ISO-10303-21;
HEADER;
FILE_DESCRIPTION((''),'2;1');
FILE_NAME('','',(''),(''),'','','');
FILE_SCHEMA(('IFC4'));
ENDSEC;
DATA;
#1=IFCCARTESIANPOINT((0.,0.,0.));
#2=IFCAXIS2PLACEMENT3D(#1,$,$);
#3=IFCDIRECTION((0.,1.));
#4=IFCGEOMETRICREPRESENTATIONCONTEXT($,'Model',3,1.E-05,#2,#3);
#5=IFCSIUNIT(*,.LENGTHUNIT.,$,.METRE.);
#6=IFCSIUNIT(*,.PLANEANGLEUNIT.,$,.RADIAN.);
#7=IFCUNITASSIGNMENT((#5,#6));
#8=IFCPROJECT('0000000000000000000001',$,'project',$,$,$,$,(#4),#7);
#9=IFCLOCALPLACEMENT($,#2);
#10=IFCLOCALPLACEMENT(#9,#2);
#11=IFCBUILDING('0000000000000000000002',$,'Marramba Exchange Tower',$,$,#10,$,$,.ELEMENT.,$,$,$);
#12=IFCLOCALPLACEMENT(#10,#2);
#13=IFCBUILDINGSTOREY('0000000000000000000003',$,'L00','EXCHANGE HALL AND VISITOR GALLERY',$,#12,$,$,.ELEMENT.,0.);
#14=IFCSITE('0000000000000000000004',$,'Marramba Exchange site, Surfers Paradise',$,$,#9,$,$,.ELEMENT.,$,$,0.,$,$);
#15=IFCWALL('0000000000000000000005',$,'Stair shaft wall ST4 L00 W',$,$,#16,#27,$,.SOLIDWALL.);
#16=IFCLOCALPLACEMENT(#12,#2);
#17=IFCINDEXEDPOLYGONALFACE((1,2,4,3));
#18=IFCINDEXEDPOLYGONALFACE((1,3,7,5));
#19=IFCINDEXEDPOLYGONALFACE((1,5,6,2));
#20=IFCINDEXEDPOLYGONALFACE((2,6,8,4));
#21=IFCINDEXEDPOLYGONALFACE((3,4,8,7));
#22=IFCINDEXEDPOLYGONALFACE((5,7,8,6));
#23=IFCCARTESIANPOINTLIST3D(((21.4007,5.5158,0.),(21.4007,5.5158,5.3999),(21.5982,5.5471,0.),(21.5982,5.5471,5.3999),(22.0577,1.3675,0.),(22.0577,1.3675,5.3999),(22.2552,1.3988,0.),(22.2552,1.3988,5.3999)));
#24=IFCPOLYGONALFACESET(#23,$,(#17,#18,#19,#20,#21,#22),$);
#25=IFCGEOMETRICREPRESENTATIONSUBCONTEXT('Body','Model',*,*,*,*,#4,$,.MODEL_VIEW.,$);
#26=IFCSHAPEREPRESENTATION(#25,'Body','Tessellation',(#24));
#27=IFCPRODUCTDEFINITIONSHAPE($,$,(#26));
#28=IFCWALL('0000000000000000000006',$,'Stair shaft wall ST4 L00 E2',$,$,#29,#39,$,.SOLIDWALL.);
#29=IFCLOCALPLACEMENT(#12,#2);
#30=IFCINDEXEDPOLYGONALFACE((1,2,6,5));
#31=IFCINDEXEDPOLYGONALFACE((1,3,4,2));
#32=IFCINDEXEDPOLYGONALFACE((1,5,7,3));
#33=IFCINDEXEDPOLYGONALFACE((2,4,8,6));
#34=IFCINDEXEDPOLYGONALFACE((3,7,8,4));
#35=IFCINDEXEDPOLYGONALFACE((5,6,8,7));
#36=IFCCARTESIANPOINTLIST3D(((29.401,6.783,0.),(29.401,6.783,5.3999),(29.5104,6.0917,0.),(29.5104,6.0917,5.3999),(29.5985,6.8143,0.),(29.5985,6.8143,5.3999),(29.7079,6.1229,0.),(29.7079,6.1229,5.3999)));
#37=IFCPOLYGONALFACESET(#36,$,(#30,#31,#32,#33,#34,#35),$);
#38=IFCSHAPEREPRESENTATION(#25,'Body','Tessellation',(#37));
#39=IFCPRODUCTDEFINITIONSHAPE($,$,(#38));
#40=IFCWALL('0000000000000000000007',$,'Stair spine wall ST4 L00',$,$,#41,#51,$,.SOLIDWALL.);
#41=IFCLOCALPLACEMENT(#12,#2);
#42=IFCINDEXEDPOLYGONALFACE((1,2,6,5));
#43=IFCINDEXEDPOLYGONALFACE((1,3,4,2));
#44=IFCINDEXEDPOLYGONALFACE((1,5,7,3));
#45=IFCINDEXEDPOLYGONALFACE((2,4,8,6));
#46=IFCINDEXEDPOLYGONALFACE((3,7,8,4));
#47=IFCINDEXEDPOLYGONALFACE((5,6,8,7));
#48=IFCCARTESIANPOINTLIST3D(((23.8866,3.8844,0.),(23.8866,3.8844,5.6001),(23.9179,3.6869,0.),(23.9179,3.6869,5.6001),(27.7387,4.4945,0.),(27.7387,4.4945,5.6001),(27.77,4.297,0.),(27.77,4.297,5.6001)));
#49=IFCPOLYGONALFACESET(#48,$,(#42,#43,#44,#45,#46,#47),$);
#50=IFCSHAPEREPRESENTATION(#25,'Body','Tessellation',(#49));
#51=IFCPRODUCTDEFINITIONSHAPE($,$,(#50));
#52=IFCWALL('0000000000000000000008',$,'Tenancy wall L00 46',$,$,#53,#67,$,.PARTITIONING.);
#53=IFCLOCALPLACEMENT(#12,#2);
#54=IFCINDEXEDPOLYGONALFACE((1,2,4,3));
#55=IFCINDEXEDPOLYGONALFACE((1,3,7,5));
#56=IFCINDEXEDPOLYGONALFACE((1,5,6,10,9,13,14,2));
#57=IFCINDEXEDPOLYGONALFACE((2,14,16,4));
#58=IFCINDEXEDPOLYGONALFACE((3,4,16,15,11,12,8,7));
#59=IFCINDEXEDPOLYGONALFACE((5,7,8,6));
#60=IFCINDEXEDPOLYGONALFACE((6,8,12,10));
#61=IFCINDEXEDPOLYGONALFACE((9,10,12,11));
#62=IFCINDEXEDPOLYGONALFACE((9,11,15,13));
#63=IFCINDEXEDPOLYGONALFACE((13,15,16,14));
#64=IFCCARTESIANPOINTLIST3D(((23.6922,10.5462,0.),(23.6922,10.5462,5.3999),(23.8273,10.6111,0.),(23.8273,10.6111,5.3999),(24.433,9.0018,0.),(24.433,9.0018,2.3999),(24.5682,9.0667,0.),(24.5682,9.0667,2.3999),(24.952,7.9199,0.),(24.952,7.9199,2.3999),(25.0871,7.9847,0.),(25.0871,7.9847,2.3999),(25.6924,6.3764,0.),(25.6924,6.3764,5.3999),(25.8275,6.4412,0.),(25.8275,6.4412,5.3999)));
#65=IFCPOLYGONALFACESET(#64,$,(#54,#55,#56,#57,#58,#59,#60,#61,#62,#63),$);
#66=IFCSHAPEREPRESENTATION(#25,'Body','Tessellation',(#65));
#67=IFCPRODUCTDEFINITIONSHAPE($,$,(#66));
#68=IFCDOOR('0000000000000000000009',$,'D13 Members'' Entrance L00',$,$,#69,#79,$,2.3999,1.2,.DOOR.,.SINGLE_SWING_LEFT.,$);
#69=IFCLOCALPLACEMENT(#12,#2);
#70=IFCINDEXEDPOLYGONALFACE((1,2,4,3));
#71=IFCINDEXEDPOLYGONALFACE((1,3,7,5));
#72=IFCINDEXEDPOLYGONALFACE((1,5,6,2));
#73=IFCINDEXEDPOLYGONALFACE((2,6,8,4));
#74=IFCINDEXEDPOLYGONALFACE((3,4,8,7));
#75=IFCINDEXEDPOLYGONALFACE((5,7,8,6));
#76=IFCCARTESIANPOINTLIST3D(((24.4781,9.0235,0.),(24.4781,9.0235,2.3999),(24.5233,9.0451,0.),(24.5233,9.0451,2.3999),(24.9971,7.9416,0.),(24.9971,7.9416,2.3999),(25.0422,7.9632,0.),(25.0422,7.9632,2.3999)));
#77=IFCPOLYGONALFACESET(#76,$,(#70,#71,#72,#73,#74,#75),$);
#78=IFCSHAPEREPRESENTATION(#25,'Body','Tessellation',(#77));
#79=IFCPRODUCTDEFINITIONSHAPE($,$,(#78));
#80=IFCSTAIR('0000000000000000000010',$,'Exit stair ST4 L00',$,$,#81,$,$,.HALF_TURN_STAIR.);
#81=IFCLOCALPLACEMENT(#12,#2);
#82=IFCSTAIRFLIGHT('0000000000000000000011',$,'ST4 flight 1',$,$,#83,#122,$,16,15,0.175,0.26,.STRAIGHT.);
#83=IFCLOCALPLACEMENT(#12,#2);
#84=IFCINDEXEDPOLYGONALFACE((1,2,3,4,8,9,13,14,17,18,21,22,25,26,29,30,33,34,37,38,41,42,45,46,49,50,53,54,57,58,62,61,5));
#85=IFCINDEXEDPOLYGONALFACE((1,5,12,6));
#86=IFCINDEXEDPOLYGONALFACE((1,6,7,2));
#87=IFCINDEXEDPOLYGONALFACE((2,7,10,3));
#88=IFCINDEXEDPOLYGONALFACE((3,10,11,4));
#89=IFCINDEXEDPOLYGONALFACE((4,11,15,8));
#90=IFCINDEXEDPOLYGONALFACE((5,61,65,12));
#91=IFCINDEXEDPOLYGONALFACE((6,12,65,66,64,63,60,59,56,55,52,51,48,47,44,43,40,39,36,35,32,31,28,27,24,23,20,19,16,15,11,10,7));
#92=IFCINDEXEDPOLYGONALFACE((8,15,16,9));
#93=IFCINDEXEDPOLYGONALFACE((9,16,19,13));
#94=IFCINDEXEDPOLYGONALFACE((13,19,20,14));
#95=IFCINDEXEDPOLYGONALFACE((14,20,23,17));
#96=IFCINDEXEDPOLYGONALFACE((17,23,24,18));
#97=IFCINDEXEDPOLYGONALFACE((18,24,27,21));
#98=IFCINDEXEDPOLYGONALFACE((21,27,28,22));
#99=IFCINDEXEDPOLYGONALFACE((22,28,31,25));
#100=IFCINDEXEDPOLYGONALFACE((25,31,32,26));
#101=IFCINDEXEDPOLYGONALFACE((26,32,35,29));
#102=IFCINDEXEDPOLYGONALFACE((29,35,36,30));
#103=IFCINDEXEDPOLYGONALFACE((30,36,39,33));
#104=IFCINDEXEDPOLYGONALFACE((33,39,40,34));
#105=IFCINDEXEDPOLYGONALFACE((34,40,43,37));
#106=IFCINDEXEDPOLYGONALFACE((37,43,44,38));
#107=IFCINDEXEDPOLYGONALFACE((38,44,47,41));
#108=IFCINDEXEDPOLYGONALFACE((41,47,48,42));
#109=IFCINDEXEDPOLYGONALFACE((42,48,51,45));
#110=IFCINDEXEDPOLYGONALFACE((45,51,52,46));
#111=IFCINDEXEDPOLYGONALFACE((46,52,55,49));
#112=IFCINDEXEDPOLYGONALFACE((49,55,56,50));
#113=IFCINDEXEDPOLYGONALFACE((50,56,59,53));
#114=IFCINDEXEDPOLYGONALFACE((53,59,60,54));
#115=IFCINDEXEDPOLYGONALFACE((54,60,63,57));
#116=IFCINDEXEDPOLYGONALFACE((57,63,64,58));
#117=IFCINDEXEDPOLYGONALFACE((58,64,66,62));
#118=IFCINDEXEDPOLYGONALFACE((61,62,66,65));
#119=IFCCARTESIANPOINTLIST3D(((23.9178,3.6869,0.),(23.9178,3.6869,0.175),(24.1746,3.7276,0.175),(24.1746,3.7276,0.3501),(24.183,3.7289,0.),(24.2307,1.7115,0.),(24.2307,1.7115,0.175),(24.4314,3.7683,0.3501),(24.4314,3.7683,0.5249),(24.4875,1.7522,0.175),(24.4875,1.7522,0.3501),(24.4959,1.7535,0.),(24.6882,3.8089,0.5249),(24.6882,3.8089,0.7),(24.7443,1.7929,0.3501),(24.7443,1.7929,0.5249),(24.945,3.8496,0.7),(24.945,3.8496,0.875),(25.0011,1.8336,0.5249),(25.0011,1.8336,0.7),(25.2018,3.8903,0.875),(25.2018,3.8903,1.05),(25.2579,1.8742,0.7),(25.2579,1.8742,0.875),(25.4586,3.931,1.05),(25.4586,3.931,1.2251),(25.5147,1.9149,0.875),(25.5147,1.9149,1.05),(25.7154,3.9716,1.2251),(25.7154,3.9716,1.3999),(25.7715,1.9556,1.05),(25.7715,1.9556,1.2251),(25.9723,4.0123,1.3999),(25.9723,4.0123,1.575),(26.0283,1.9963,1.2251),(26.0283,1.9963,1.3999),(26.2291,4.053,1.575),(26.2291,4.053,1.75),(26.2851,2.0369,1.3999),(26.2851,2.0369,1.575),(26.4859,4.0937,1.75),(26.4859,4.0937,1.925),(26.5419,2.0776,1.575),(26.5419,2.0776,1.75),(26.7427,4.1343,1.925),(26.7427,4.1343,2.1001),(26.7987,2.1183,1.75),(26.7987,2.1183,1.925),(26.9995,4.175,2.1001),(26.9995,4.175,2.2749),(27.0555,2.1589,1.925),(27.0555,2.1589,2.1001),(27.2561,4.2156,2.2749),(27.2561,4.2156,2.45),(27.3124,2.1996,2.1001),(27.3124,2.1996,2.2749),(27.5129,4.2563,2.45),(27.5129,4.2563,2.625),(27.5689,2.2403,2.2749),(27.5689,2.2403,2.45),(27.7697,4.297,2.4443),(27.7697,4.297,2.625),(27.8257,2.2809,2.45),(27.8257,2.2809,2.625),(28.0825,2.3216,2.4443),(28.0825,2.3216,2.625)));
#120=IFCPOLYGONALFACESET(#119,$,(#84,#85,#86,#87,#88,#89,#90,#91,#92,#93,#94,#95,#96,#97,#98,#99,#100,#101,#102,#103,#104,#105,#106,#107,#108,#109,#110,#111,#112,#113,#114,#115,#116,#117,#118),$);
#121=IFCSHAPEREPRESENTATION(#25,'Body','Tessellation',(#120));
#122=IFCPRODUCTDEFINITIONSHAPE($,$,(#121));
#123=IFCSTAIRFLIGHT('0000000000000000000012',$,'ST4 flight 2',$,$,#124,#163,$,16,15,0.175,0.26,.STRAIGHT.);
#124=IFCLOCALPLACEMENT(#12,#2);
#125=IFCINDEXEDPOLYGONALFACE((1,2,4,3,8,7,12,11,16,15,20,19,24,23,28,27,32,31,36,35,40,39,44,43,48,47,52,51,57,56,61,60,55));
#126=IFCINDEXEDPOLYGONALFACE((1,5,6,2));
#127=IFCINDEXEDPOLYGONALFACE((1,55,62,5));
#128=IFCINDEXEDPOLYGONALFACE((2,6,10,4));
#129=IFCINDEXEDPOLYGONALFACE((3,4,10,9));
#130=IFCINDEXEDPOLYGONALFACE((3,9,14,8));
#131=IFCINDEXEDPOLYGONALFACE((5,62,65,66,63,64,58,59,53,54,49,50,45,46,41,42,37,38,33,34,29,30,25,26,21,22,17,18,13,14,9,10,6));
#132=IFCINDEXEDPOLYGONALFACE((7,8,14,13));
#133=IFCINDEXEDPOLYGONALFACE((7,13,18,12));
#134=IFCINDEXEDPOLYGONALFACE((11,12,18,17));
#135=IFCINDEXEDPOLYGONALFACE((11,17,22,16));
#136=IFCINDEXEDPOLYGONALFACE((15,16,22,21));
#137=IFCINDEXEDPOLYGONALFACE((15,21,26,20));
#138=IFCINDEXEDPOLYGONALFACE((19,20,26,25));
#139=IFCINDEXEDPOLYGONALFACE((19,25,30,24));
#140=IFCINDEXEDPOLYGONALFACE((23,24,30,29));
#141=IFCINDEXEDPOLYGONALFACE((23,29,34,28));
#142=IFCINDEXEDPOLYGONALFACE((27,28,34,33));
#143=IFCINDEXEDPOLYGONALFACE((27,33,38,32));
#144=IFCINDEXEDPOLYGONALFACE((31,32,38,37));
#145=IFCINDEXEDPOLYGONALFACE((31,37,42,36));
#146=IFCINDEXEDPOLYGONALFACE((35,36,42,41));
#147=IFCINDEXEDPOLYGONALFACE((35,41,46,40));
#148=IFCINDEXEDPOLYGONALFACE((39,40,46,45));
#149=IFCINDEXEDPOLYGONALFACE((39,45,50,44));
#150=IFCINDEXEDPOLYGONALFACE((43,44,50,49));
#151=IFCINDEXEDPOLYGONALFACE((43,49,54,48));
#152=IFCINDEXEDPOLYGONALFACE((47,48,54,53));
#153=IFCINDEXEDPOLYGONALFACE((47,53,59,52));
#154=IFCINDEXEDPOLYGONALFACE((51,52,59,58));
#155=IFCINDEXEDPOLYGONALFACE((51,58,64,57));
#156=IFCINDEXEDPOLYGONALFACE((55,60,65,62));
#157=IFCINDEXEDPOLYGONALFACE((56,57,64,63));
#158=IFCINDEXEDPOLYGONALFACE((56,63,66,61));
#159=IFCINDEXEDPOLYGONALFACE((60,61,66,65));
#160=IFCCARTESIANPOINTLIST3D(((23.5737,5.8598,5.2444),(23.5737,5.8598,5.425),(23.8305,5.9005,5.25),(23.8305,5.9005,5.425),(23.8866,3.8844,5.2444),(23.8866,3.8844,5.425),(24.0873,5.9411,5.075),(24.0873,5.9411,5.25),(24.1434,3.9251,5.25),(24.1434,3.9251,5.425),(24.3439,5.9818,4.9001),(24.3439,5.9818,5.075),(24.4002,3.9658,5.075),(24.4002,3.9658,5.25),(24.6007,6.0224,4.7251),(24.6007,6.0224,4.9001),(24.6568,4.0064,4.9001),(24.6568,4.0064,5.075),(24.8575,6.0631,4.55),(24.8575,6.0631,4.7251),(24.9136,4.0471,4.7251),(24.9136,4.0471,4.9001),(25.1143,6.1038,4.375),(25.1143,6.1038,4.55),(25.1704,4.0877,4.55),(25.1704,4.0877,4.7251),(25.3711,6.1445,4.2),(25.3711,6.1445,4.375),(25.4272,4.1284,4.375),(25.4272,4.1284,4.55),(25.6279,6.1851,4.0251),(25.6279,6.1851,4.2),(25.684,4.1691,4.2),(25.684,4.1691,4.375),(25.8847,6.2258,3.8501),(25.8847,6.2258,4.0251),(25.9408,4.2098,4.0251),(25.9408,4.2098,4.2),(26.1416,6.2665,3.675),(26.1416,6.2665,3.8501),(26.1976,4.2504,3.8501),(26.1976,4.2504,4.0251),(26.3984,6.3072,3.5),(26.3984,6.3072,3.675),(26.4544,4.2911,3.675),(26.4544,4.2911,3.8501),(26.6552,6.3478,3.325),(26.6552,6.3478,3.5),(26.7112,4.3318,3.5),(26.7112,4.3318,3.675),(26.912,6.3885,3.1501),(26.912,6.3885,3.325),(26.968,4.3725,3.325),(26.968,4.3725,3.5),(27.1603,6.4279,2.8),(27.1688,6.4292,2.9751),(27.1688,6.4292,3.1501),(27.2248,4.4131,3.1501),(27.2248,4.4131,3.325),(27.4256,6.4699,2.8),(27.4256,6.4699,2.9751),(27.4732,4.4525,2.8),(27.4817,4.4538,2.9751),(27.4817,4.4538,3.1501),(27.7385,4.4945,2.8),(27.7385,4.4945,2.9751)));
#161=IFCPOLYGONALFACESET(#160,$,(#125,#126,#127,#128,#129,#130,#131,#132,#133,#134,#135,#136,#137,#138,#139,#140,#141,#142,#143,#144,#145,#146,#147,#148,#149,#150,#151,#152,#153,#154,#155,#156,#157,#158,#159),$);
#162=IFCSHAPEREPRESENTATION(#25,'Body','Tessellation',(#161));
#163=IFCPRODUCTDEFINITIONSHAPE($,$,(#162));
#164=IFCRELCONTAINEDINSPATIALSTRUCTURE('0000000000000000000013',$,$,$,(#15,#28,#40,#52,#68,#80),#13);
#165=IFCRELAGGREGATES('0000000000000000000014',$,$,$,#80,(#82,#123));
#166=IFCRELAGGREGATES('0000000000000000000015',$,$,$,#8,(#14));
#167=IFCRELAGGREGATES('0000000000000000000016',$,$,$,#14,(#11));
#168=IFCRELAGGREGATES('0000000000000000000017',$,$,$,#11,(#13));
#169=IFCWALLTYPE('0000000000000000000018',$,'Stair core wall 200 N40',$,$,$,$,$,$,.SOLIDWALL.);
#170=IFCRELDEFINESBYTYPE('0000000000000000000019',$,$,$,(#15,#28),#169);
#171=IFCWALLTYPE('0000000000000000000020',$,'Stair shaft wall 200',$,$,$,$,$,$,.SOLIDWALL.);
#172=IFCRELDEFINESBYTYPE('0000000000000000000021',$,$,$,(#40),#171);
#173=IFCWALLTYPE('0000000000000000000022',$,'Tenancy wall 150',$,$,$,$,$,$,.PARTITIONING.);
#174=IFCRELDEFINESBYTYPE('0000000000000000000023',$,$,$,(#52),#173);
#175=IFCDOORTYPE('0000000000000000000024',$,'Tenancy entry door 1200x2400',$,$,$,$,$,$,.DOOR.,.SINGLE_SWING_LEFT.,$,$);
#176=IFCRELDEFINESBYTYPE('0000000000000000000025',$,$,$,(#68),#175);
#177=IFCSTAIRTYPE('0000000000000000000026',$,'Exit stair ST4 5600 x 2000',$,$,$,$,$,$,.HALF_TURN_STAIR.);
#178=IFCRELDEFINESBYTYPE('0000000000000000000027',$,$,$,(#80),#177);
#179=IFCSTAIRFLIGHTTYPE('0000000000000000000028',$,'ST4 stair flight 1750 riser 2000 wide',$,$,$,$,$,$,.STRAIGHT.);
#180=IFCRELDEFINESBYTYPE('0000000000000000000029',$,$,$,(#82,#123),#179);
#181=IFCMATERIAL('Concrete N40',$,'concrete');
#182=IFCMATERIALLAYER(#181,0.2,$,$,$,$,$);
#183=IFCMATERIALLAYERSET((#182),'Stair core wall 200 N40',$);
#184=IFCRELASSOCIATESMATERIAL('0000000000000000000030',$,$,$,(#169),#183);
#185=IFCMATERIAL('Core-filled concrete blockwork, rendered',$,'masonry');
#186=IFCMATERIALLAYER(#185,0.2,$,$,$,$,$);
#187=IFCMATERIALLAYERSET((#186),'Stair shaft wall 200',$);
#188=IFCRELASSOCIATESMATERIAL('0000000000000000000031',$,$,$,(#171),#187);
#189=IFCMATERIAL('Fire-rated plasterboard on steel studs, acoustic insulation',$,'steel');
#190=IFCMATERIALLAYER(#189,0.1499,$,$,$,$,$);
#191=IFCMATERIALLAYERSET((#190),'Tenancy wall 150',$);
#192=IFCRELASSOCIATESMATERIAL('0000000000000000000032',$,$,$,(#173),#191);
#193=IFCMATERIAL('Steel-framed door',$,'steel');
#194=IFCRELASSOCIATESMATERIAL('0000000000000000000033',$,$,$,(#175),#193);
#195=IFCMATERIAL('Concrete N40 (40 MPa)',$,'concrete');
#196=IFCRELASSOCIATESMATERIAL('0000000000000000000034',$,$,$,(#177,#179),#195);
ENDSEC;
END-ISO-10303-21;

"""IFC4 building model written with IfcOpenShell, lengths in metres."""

from ifc_helpers import new_model, si_unit, direction, frame, frame_2d, origin, place, context, subcontext, project, spatial, polyline, rectangle, outline, extrude, material, layer, layer_set, type_object, element, fill, aggregate, save


model = new_model("IFC4")

# Units and contexts
model_context = context("Model", 3, precision=1e-05, world=origin(), true_north=direction((0.0, 1.0)))
body_context = subcontext(model_context, "Body", "Model", "MODEL_VIEW")
ifc_project = project(units=[si_unit("LENGTHUNIT", "METRE"), si_unit("PLANEANGLEUNIT", "RADIAN")], contexts=[model_context])

# Site, building, storey
site_placement = place(None, origin())
site = spatial("IfcSite", under=ifc_project, at=site_placement, Name="Marramba Exchange site, Surfers Paradise", CompositionType="ELEMENT", RefElevation=0.0)
building_placement = place(site_placement, origin())
building = spatial("IfcBuilding", under=site, at=building_placement, Name="Marramba Exchange Tower", CompositionType="ELEMENT")
storey_placement = place(building_placement, origin())
storey = spatial("IfcBuildingStorey", under=building, at=storey_placement, Name="L00", Description="EXCHANGE HALL AND VISITOR GALLERY", CompositionType="ELEMENT", Elevation=0.0)

# Shared definitions
ifc_material_1 = material(Name="Concrete N40", Category="concrete")

# Walls
ifc_material_2 = material(Name="Core-filled concrete blockwork, rendered", Category="masonry")
ifc_layer_1 = layer(ifc_material_1, 0.2)
ifc_layer_set_1 = layer_set([ifc_layer_1], Name="Stair core wall 200 N40")
wall_type_1 = type_object("IfcWallType", Name="Stair core wall 200 N40", PredefinedType="SOLIDWALL", material=ifc_layer_set_1)
wall_1_placement = place(storey_placement, frame((22.1565, 1.3831, 0.0), z_axis=(0.0, 0.0, 1.0), x_axis=(-0.156428, 0.987689, 0.0)))
element("IfcWall", 1, at=wall_1_placement, inside=storey, type_object=wall_type_1, Name="Stair shaft wall ST4 L00 W", PredefinedType="SOLIDWALL", context=body_context, shape_type="SweptSolid", body=[
    extrude(rectangle(XDim=4.2, YDim=0.2, at=frame_2d((2.1001, 0.0))), origin(), (0.0, 0.0, 1.0), 5.3999),
])
wall_2_placement = place(storey_placement, frame((29.6091, 6.1072, 0.0), z_axis=(0.0, 0.0, 1.0), x_axis=(-0.156249, 0.987718, 0.0)))
element("IfcWall", 2, at=wall_2_placement, inside=storey, type_object=wall_type_1, Name="Stair shaft wall ST4 L00 E2", PredefinedType="SOLIDWALL", context=body_context, shape_type="SweptSolid", body=[
    extrude(rectangle(XDim=0.7, YDim=0.2, at=frame_2d((0.3501, 0.0))), origin(), (0.0, 0.0, 1.0), 5.3999),
])
ifc_layer_2 = layer(ifc_material_2, 0.2)
ifc_layer_set_2 = layer_set([ifc_layer_2], Name="Stair shaft wall 200")
wall_type_2 = type_object("IfcWallType", Name="Stair shaft wall 200", PredefinedType="SOLIDWALL", material=ifc_layer_set_2)
wall_3_placement = place(storey_placement, frame((23.9021, 3.7856, 0.0), z_axis=(0.0, 0.0, 1.0), x_axis=(0.987688, 0.156435, 0.0)))
element("IfcWall", 3, at=wall_3_placement, inside=storey, type_object=wall_type_2, Name="Stair spine wall ST4 L00", PredefinedType="SOLIDWALL", context=body_context, shape_type="SweptSolid", body=[
    extrude(rectangle(XDim=3.9001, YDim=0.2, at=frame_2d((1.9502, 0.0))), origin(), (0.0, 0.0, 1.0), 5.6001),
])

# Wall, opening, door
ifc_material_3 = material(Name="Fire-rated plasterboard on steel studs, acoustic insulation", Category="steel")
ifc_layer_3 = layer(ifc_material_3, 0.1499)
ifc_layer_set_3 = layer_set([ifc_layer_3], Name="Tenancy wall 150")
wall_type_3 = type_object("IfcWallType", Name="Tenancy wall 150", PredefinedType="PARTITIONING", material=ifc_layer_set_3)
wall_4_placement = place(storey_placement, frame((25.76, 6.4087, 0.0), z_axis=(0.0, 0.0, 1.0), x_axis=(-0.432499, 0.901634, 0.0)))
wall_4 = element("IfcWall", 4, at=wall_4_placement, inside=storey, type_object=wall_type_3, Name="Tenancy wall L00 46", PredefinedType="PARTITIONING", context=body_context, shape_type="SweptSolid", body=[
    extrude(rectangle(XDim=4.6248, YDim=0.1499, at=frame_2d((2.3125, 0.0))), origin(), (0.0, 0.0, 1.0), 5.3999),
])
opening_placement = place(wall_4_placement, frame((1.7119, 0.0, 0.0)))
opening = element("IfcOpeningElement", 5, at=opening_placement, cuts=wall_4, PredefinedType="OPENING", context=body_context, shape_type="SweptSolid", body=[
    extrude(rectangle(XDim=1.2, YDim=2.3999, at=frame_2d((0.6001, 1.2))), frame((0.0, 0.085, 0.0), z_axis=(0.0, -1.0, 0.0), x_axis=(1.0, 0.0, 0.0)), (0.0, 0.0, 1.0), 0.1699),
])
ifc_material_4 = material(Name="Steel-framed door", Category="steel")
door_type = type_object("IfcDoorType", Name="Tenancy entry door 1200x2400", OperationType="SINGLE_SWING_LEFT", PredefinedType="DOOR", material=ifc_material_4)
door_placement = place(opening_placement, origin())
door = element("IfcDoor", 6, at=door_placement, inside=storey, type_object=door_type, Name="D13 Members' Entrance L00", OperationType="SINGLE_SWING_LEFT", OverallHeight=2.3999, OverallWidth=1.2, PredefinedType="DOOR", context=body_context, shape_type="SweptSolid", body=[
    extrude(rectangle(XDim=1.2, YDim=2.3999, at=frame_2d((0.6001, 1.2))), frame((0.0, 0.0249, 0.0), z_axis=(0.0, -1.0, 0.0), x_axis=(1.0, 0.0, 0.0)), (0.0, 0.0, 1.0), 0.05),
])
fill(opening, door)

# Stair, stair flights
ifc_material_5 = material(Name="Concrete N40 (40 MPa)", Category="concrete")
stair_type = type_object("IfcStairType", Name="Exit stair ST4 5600 x 2000", PredefinedType="HALF_TURN_STAIR", material=ifc_material_5)
stair_placement = place(storey_placement, origin())
stair = element("IfcStair", 7, at=stair_placement, inside=storey, type_object=stair_type, Name="Exit stair ST4 L00", PredefinedType="HALF_TURN_STAIR")
stair_flight_type = type_object("IfcStairFlightType", Name="ST4 stair flight 1750 riser 2000 wide", PredefinedType="STRAIGHT", material=ifc_material_5)
stair_flight_1_placement = place(storey_placement, frame((24.0742, 2.6992, 0.0), z_axis=(0.0, 0.0, 1.0), x_axis=(0.987688, 0.156434, 0.0)))
stair_flight_1 = element("IfcStairFlight", 8, at=stair_flight_1_placement, type_object=stair_flight_type, Name="ST4 flight 1", NumberOfRisers=16, NumberOfTreads=15, PredefinedType="STRAIGHT", RiserHeight=0.175, TreadLength=0.26, context=body_context, shape_type="SweptSolid", body=[
    extrude(outline(polyline([(0.0, 0.0), (0.0, 0.175), (0.26, 0.175), (0.26, 0.3501), (0.52, 0.3501), (0.52, 0.5249), (0.78, 0.5249), (0.78, 0.7), (1.04, 0.7), (1.04, 0.875), (1.3, 0.875), (1.3, 1.05), (1.5601, 1.05), (1.5601, 1.2251), (1.8201, 1.2251), (1.8201, 1.3999), (2.0801, 1.3999), (2.0801, 1.575), (2.3401, 1.575), (2.3401, 1.75), (2.6001, 1.75), (2.6001, 1.925), (2.8601, 1.925), (2.8601, 2.1001), (3.1201, 2.1001), (3.1201, 2.2749), (3.3799, 2.2749), (3.3799, 2.45), (3.6399, 2.45), (3.6399, 2.625), (3.8999, 2.625), (3.8999, 2.8), (3.8999, 2.4443), (0.2686, 0.0), (0.0, 0.0)])), frame((0.0, 1.0, 0.0), z_axis=(0.0, -1.0, 0.0), x_axis=(1.0, 0.0, 0.0)), (0.0, 0.0, 1.0), 2.0),
])
stair_flight_2_placement = place(storey_placement, frame((27.582, 5.4822, 2.8), z_axis=(0.0, 0.0, 1.0), x_axis=(-0.987688, -0.156434, 0.0)))
stair_flight_2 = element("IfcStairFlight", 9, at=stair_flight_2_placement, type_object=stair_flight_type, Name="ST4 flight 2", NumberOfRisers=16, NumberOfTreads=15, PredefinedType="STRAIGHT", RiserHeight=0.175, TreadLength=0.26, context=body_context, shape_type="SweptSolid", body=[
    extrude(outline(polyline([(0.0, 0.0), (0.0, 0.175), (0.26, 0.175), (0.26, 0.3501), (0.52, 0.3501), (0.52, 0.5249), (0.78, 0.5249), (0.78, 0.7), (1.04, 0.7), (1.04, 0.875), (1.3, 0.875), (1.3, 1.05), (1.5601, 1.05), (1.5601, 1.2251), (1.8201, 1.2251), (1.8201, 1.3999), (2.0801, 1.3999), (2.0801, 1.575), (2.3401, 1.575), (2.3401, 1.75), (2.6001, 1.75), (2.6001, 1.925), (2.8601, 1.925), (2.8601, 2.1001), (3.1201, 2.1001), (3.1201, 2.2749), (3.3799, 2.2749), (3.3799, 2.45), (3.6399, 2.45), (3.6399, 2.625), (3.8999, 2.625), (3.8999, 2.8), (3.8999, 2.4443), (0.2686, 0.0), (0.0, 0.0)])), frame((0.0, 1.0, 0.0), z_axis=(0.0, -1.0, 0.0), x_axis=(1.0, 0.0, 0.0)), (0.0, 0.0, 1.0), 2.0),
])
aggregate(stair, [stair_flight_1, stair_flight_2])

save(model, "model.ifc")
